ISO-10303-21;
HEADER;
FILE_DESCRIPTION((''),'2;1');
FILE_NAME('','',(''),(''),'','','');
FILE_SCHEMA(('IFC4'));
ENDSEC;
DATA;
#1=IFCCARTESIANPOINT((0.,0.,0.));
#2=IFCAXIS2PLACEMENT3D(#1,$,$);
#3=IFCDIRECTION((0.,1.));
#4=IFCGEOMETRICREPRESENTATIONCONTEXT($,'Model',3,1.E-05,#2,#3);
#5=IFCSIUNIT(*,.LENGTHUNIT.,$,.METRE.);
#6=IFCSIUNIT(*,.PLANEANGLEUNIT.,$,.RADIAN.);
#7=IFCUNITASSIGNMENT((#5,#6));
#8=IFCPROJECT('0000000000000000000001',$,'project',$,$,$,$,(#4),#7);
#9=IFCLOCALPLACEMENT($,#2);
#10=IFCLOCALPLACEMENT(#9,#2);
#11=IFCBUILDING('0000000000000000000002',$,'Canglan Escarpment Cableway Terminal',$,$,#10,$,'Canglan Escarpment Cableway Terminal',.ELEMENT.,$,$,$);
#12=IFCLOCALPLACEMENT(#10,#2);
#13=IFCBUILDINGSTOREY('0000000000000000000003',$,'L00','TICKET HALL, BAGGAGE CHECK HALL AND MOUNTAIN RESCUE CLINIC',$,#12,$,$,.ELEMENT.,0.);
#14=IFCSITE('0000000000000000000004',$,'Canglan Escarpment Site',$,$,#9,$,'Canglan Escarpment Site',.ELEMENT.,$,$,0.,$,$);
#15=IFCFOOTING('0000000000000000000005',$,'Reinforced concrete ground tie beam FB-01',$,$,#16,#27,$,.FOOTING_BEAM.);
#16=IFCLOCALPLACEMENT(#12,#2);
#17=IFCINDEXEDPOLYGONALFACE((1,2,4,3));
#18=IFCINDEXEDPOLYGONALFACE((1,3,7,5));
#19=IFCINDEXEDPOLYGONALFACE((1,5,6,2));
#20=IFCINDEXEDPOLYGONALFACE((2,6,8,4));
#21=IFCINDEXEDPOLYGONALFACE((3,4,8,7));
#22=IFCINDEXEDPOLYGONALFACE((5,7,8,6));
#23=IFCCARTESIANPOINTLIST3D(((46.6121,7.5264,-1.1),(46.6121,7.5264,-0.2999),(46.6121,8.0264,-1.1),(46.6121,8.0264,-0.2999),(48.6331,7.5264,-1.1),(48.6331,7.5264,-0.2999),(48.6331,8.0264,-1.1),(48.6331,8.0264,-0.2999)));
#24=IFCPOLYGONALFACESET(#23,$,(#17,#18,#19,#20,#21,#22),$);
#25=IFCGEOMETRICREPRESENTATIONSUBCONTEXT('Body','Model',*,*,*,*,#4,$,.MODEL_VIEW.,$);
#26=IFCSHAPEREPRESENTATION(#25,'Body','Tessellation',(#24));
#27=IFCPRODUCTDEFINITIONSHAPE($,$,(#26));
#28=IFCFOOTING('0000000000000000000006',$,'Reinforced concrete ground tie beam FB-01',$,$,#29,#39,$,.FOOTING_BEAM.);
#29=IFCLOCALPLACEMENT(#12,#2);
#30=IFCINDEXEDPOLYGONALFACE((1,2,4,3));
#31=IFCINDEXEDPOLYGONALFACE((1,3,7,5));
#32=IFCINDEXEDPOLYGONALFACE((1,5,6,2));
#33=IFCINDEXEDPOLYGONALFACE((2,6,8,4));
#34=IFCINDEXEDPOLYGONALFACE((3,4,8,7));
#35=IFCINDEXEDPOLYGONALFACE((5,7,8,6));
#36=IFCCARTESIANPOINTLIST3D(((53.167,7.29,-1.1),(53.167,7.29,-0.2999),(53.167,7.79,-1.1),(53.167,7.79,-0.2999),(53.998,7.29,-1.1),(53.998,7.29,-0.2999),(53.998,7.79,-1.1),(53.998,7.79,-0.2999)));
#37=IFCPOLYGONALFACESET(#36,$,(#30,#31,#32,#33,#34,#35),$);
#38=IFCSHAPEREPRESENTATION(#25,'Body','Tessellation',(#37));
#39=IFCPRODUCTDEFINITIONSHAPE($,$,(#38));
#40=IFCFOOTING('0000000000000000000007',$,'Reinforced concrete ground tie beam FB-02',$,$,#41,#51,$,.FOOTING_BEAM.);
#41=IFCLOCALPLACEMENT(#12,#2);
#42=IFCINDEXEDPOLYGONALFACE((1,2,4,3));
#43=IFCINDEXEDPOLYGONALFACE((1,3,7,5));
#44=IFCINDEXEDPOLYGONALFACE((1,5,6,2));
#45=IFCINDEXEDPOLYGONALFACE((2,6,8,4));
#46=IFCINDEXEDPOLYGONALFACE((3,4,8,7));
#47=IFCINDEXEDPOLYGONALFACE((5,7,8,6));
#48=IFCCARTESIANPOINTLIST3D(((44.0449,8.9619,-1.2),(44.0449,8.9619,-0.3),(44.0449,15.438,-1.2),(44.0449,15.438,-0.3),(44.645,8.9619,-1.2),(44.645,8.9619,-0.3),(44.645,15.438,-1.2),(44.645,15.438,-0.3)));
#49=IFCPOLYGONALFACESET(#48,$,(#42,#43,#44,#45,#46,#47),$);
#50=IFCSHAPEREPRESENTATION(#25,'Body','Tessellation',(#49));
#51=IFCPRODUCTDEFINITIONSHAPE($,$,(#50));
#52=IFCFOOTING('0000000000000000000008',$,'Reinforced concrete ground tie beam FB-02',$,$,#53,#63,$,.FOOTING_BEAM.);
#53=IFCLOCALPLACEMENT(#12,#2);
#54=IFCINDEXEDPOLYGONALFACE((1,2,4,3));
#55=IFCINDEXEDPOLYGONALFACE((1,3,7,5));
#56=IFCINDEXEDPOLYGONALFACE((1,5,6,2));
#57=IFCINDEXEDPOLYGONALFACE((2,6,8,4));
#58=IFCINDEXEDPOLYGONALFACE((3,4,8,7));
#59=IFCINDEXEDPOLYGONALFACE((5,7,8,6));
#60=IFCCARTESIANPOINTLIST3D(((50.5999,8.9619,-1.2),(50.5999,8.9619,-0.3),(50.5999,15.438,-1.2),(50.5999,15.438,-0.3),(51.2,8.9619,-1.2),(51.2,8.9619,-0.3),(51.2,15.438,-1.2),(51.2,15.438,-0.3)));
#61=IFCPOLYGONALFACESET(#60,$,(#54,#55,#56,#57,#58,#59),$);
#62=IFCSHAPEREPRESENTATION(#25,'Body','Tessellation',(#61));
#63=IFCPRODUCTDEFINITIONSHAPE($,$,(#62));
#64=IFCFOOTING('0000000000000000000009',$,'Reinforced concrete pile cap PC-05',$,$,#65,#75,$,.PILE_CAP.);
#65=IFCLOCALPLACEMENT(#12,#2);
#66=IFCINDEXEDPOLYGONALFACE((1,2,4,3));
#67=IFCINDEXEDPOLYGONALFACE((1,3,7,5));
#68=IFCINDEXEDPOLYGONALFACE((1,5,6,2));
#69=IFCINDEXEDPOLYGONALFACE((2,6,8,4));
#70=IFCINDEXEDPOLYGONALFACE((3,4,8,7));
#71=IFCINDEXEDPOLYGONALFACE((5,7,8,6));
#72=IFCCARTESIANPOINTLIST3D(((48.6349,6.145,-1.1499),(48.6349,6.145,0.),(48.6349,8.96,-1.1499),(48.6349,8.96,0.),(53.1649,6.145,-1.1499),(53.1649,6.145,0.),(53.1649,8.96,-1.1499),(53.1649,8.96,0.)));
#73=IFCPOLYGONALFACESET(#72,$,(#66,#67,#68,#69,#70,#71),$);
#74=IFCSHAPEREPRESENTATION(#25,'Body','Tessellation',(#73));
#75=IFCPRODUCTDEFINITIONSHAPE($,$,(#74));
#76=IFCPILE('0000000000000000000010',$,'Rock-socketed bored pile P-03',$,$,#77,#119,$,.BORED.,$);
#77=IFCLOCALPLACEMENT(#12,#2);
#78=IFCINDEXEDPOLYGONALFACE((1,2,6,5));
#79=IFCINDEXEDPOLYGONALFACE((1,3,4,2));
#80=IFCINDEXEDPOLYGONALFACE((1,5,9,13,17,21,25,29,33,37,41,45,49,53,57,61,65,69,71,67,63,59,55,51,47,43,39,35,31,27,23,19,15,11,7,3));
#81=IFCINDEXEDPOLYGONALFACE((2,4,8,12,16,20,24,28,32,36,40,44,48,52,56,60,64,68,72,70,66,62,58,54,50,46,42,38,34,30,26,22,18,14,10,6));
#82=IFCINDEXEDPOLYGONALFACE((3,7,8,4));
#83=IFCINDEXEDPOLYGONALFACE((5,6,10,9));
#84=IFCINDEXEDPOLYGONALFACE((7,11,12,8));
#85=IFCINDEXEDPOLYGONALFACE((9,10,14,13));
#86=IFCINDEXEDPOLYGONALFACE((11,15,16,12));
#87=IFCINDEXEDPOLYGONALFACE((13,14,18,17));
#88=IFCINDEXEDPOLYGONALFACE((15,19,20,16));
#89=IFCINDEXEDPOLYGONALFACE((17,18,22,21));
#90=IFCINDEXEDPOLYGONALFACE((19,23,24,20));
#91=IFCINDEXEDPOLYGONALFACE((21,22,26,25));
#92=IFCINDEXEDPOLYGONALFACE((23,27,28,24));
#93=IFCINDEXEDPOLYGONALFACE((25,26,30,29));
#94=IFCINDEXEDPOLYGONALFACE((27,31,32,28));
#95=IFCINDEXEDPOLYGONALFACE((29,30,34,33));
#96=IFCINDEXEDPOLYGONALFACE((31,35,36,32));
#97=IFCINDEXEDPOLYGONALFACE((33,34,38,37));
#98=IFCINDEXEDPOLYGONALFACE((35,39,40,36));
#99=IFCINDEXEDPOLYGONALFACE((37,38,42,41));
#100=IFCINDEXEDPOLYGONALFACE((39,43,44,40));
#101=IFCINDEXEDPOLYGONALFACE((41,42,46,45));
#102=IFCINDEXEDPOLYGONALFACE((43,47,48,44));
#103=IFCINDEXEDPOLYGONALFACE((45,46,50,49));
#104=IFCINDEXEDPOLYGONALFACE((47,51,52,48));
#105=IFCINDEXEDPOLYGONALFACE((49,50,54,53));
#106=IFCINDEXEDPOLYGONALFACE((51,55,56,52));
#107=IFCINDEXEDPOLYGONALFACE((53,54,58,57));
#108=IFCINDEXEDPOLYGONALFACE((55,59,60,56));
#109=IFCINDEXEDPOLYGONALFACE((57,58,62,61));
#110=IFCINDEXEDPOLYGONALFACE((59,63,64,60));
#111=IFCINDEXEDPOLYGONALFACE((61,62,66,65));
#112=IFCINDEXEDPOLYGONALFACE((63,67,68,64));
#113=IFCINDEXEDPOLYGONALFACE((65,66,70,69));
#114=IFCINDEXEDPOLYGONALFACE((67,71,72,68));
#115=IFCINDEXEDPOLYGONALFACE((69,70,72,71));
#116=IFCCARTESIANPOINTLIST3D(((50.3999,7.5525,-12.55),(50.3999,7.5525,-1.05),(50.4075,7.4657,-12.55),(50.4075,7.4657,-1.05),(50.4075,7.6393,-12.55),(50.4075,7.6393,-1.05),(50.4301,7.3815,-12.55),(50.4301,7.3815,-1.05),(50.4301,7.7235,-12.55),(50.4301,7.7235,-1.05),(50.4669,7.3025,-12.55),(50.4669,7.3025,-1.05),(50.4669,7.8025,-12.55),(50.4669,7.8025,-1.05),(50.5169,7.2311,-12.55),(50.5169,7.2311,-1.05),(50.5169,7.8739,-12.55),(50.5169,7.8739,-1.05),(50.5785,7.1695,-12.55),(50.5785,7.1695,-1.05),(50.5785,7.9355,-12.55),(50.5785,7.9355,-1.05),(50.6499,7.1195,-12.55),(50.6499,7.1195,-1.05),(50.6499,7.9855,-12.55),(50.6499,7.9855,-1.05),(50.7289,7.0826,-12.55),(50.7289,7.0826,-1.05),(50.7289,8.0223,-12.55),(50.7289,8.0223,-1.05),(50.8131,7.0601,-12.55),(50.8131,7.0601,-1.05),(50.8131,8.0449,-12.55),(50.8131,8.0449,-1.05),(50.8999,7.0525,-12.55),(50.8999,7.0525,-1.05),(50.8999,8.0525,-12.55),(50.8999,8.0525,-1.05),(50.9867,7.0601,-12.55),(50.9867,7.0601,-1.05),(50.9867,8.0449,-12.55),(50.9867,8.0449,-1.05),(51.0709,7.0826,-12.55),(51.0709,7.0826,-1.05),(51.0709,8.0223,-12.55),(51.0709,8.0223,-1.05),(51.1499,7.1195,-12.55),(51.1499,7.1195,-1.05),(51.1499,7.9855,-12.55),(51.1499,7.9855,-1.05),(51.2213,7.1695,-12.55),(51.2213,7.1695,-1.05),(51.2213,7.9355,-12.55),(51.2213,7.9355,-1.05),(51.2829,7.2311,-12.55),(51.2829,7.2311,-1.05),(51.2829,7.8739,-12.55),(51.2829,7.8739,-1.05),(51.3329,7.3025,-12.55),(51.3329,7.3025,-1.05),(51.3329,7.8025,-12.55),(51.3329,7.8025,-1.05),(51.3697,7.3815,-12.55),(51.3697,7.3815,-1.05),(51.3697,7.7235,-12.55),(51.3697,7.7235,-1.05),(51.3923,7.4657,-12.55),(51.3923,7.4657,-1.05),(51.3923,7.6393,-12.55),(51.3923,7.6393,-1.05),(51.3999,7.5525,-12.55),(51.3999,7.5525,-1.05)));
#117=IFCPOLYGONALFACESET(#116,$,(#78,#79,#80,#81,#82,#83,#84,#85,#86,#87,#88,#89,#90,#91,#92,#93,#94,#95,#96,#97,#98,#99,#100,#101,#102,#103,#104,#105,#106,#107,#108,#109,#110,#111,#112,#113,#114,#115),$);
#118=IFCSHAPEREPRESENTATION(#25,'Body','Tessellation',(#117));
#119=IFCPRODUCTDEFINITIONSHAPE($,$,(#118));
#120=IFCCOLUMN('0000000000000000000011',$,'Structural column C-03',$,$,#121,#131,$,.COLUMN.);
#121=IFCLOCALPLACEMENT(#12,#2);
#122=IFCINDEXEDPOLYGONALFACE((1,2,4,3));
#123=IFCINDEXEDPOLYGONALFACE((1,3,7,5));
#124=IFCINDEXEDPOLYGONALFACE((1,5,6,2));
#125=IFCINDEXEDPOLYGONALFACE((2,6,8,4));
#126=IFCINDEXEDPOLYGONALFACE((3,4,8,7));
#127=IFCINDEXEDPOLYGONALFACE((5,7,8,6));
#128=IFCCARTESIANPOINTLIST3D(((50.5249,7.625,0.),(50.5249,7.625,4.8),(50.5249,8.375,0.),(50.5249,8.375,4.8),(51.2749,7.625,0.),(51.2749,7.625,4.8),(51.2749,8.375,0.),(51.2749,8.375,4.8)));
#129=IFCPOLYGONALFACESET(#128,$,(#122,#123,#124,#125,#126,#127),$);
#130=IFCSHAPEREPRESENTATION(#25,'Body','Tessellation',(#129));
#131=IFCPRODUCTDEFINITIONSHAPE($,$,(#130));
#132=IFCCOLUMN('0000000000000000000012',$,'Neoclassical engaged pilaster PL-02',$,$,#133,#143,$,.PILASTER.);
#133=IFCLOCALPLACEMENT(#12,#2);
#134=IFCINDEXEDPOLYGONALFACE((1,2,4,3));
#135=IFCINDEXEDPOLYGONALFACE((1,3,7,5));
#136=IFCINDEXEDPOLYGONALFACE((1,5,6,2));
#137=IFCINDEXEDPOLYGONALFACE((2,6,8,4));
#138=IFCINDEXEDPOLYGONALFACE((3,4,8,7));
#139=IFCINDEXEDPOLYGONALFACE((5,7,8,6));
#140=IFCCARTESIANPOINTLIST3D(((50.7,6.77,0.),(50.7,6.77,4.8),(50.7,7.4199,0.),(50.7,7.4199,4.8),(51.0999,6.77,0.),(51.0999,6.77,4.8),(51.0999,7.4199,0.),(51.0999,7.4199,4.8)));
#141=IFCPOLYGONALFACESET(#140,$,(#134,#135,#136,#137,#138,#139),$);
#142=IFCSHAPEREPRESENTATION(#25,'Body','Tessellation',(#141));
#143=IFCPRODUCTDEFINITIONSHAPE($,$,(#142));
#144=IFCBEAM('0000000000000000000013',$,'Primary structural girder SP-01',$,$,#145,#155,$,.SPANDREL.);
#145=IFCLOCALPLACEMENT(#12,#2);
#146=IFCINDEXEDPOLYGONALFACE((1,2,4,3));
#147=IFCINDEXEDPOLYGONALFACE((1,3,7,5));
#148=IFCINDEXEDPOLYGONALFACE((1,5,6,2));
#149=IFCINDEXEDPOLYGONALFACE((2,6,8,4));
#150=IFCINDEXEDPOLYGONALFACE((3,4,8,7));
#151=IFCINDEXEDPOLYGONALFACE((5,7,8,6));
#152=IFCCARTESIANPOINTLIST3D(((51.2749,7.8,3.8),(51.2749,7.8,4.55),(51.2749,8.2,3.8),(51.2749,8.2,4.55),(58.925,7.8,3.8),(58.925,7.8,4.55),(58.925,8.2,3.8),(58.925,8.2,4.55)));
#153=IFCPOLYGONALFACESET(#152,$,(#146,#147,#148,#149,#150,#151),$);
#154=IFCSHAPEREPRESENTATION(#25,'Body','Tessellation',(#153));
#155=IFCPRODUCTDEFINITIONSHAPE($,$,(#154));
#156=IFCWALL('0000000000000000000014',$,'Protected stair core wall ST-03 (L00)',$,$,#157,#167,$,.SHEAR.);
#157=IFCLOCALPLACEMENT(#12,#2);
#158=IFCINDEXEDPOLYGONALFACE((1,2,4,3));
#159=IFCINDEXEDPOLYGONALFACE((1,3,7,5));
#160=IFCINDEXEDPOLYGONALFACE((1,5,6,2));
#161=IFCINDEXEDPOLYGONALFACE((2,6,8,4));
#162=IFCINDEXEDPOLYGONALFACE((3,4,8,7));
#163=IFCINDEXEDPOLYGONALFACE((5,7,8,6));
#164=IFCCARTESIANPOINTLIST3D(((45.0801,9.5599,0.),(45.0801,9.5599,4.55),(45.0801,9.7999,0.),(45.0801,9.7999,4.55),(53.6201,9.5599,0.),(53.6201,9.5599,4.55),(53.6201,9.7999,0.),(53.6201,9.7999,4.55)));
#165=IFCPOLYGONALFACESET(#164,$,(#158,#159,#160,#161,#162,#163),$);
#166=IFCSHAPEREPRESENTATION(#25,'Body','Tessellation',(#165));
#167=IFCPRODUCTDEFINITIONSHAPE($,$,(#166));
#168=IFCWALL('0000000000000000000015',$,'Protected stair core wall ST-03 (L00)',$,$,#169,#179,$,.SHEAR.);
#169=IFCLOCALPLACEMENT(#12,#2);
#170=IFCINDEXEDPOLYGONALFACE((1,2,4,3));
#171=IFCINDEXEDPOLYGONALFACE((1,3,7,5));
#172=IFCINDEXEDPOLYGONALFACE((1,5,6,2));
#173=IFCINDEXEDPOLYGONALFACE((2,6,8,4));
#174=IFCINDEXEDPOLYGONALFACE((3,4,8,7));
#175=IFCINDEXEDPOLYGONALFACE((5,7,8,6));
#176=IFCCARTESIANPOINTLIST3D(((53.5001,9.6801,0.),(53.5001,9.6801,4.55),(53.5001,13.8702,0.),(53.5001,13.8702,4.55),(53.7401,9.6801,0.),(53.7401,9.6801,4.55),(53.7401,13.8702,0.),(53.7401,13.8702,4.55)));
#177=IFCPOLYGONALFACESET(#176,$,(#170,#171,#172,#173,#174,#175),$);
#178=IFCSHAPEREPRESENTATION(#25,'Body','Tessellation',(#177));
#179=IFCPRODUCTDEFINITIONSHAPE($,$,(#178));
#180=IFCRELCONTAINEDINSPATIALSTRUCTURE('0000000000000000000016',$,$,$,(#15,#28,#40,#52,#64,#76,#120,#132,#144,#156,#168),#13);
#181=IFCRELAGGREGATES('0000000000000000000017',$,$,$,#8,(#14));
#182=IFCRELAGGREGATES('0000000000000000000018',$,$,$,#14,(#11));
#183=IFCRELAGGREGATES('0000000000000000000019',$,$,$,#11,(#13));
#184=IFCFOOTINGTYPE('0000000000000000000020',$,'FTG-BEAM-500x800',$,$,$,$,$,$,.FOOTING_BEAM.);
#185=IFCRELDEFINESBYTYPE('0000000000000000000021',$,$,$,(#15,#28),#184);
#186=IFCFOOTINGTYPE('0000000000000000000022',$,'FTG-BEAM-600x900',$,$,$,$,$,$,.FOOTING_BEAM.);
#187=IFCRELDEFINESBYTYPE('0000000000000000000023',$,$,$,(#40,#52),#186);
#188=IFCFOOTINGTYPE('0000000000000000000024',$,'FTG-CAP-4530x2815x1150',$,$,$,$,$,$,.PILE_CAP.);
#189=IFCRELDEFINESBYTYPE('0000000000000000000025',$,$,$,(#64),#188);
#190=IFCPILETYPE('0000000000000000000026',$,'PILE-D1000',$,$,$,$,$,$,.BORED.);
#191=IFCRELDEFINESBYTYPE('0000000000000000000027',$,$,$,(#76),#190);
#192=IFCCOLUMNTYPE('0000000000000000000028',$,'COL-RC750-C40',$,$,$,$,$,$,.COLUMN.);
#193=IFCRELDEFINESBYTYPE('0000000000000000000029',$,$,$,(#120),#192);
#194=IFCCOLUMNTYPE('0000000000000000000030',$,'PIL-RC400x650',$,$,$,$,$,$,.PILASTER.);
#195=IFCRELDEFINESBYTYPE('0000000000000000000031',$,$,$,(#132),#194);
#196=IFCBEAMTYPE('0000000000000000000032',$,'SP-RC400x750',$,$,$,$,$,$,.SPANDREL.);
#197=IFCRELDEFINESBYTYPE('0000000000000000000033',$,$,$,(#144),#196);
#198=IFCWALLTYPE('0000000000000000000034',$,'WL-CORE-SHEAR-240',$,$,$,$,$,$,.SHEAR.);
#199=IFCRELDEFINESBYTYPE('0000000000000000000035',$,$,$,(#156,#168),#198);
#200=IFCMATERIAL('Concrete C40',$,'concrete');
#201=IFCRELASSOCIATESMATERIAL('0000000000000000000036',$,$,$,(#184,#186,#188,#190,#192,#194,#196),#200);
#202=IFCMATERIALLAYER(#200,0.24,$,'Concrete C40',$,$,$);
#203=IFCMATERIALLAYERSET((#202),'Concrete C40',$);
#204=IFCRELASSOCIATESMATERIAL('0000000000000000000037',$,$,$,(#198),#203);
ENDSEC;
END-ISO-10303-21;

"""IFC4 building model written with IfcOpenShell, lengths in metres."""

from ifc_helpers import new_model, si_unit, direction, frame, frame_2d, origin, origin_2d, place, context, subcontext, project, spatial, rectangle, circle, extrude, material, layer, layer_set, material_profile, profile_set, type_object, element, save


model = new_model("IFC4")

# Units and contexts
model_context = context("Model", 3, precision=1e-05, world=origin(), true_north=direction((0.0, 1.0)))
body_context = subcontext(model_context, "Body", "Model", "MODEL_VIEW")
ifc_project = project(units=[si_unit("LENGTHUNIT", "METRE"), si_unit("PLANEANGLEUNIT", "RADIAN")], contexts=[model_context])

# Site, building, storey
site_placement = place(None, origin())
site = spatial("IfcSite", under=ifc_project, at=site_placement, Name="Canglan Escarpment Site", LongName="Canglan Escarpment Site", CompositionType="ELEMENT", RefElevation=0.0)
building_placement = place(site_placement, origin())
building = spatial("IfcBuilding", under=site, at=building_placement, Name="Canglan Escarpment Cableway Terminal", LongName="Canglan Escarpment Cableway Terminal", CompositionType="ELEMENT")
storey_placement = place(building_placement, origin())
storey = spatial("IfcBuildingStorey", under=building, at=storey_placement, Name="L00", Description="TICKET HALL, BAGGAGE CHECK HALL AND MOUNTAIN RESCUE CLINIC", CompositionType="ELEMENT", Elevation=0.0)

# Footings
ifc_material_1 = material(Name="Concrete C40", Category="concrete")
ifc_material_profile_1 = material_profile(ifc_material_1, rectangle(XDim=0.5, YDim=0.8, at=origin_2d()), Name="FB 500x800")
ifc_profile_set_1 = profile_set([ifc_material_profile_1], Name="Concrete C40")
footing_type_1 = type_object("IfcFootingType", Name="FTG-BEAM-500x800", PredefinedType="FOOTING_BEAM", material=ifc_profile_set_1)
footing_1_placement = place(storey_placement, frame((46.6121, 7.7764, -0.7), z_axis=(1.0, 0.0, 0.0), x_axis=(0.0, 1.0, 0.0)))
element("IfcFooting", 1, at=footing_1_placement, inside=storey, type_object=footing_type_1, Name="Reinforced concrete ground tie beam FB-01", PredefinedType="FOOTING_BEAM", context=body_context, shape_type="SweptSolid", body=[
    extrude(rectangle(XDim=0.5, YDim=0.8, at=origin_2d()), origin(), (0.0, 0.0, 1.0), 2.021),
])
footing_2_placement = place(storey_placement, frame((53.167, 7.54, -0.7), z_axis=(1.0, 0.0, 0.0), x_axis=(0.0, 1.0, 0.0)))
element("IfcFooting", 2, at=footing_2_placement, inside=storey, type_object=footing_type_1, Name="Reinforced concrete ground tie beam FB-01", PredefinedType="FOOTING_BEAM", context=body_context, shape_type="SweptSolid", body=[
    extrude(rectangle(XDim=0.5, YDim=0.8, at=origin_2d()), origin(), (0.0, 0.0, 1.0), 0.8311),
])
ifc_material_profile_2 = material_profile(ifc_material_1, rectangle(XDim=0.6001, YDim=0.8999, at=origin_2d()), Name="FB 600x900")
ifc_profile_set_2 = profile_set([ifc_material_profile_2], Name="Concrete C40")
footing_type_2 = type_object("IfcFootingType", Name="FTG-BEAM-600x900", PredefinedType="FOOTING_BEAM", material=ifc_profile_set_2)
for number, where, z_axis, x_axis, name in (
    (3, (44.345, 8.9619, -0.75), (0.0, 1.0, 0.0), (-1.0, 0.0, 0.0), "Reinforced concrete ground tie beam FB-02"),
    (4, (50.8999, 8.9619, -0.75), (0.0, 1.0, 0.0), (-1.0, 0.0, 0.0), "Reinforced concrete ground tie beam FB-02"),
):
    element("IfcFooting", number, at=place(storey_placement, frame(where, z_axis=z_axis, x_axis=x_axis)), inside=storey, type_object=footing_type_2, Name=name, PredefinedType="FOOTING_BEAM", context=body_context, shape_type="SweptSolid", body=[
        extrude(rectangle(XDim=0.6001, YDim=0.8999, at=origin_2d()), origin(), (0.0, 0.0, 1.0), 6.4761),
    ])
footing_type_3 = type_object("IfcFootingType", Name="FTG-CAP-4530x2815x1150", PredefinedType="PILE_CAP", material=ifc_material_1)
footing_3_placement = place(storey_placement, frame((50.8999, 7.5525, -1.1499), z_axis=(0.0, 0.0, 1.0), x_axis=(1.0, 0.0, 0.0)))
element("IfcFooting", 5, at=footing_3_placement, inside=storey, type_object=footing_type_3, Name="Reinforced concrete pile cap PC-05", PredefinedType="PILE_CAP", context=body_context, shape_type="SweptSolid", body=[
    extrude(rectangle(XDim=4.53, YDim=2.8149, at=origin_2d()), origin(), (0.0, 0.0, 1.0), 1.1499),
])

# Pile
ifc_material_profile_3 = material_profile(ifc_material_1, circle(Radius=0.5, at=origin_2d()), Name="BORED PILE D1000")
ifc_profile_set_3 = profile_set([ifc_material_profile_3], Name="Concrete C40")
pile_type = type_object("IfcPileType", Name="PILE-D1000", PredefinedType="BORED", material=ifc_profile_set_3)
pile_placement = place(storey_placement, frame((50.8999, 7.5525, -1.05), z_axis=(0.0, 0.0, -1.0), x_axis=(1.0, 0.0, 0.0)))
element("IfcPile", 6, at=pile_placement, inside=storey, type_object=pile_type, Name="Rock-socketed bored pile P-03", PredefinedType="BORED", context=body_context, shape_type="SweptSolid", body=[
    extrude(circle(Radius=0.5, at=origin_2d()), origin(), (0.0, 0.0, 1.0), 11.5),
])

# Columns
ifc_material_profile_4 = material_profile(ifc_material_1, rectangle(XDim=0.75, YDim=0.75, at=origin_2d()), Name="RC 750x750")
ifc_profile_set_4 = profile_set([ifc_material_profile_4], Name="Concrete C40")
column_type_1 = type_object("IfcColumnType", Name="COL-RC750-C40", PredefinedType="COLUMN", material=ifc_profile_set_4)
column_1_placement = place(storey_placement, frame((50.8999, 8.0, 0.0), z_axis=(0.0, 0.0, 1.0), x_axis=(1.0, 0.0, 0.0)))
element("IfcColumn", 7, at=column_1_placement, inside=storey, type_object=column_type_1, Name="Structural column C-03", PredefinedType="COLUMN", context=body_context, shape_type="SweptSolid", body=[
    extrude(rectangle(XDim=0.75, YDim=0.75, at=origin_2d()), origin(), (0.0, 0.0, 1.0), 4.8),
])
ifc_material_profile_5 = material_profile(ifc_material_1, rectangle(XDim=0.3999, YDim=0.6499, at=origin_2d()), Name="RC-PIL 400x650")
ifc_profile_set_5 = profile_set([ifc_material_profile_5], Name="Concrete C40")
column_type_2 = type_object("IfcColumnType", Name="PIL-RC400x650", PredefinedType="PILASTER", material=ifc_profile_set_5)
column_2_placement = place(storey_placement, frame((50.8999, 7.095, 0.0), z_axis=(0.0, 0.0, 1.0), x_axis=(1.0, 0.0, 0.0)))
element("IfcColumn", 8, at=column_2_placement, inside=storey, type_object=column_type_2, Name="Neoclassical engaged pilaster PL-02", PredefinedType="PILASTER", context=body_context, shape_type="SweptSolid", body=[
    extrude(rectangle(XDim=0.3999, YDim=0.6499, at=origin_2d()), origin(), (0.0, 0.0, 1.0), 4.8),
])

# Beam
ifc_material_profile_6 = material_profile(ifc_material_1, rectangle(XDim=0.3999, YDim=0.75, at=origin_2d()), Name="RC 400x750")
ifc_profile_set_6 = profile_set([ifc_material_profile_6], Name="Concrete C40")
beam_type = type_object("IfcBeamType", Name="SP-RC400x750", PredefinedType="SPANDREL", material=ifc_profile_set_6)
beam_placement = place(storey_placement, frame((51.2749, 8.0, 4.175), z_axis=(1.0, 0.0, 0.0), x_axis=(0.0, 1.0, 0.0)))
element("IfcBeam", 9, at=beam_placement, inside=storey, type_object=beam_type, Name="Primary structural girder SP-01", PredefinedType="SPANDREL", context=body_context, shape_type="SweptSolid", body=[
    extrude(rectangle(XDim=0.3999, YDim=0.75, at=origin_2d()), origin(), (0.0, 0.0, 1.0), 7.6501),
])

# Walls
ifc_layer_1 = layer(ifc_material_1, 0.24, Name="Concrete C40")
ifc_layer_set_1 = layer_set([ifc_layer_1], Name="Concrete C40")
wall_type_1 = type_object("IfcWallType", Name="WL-CORE-SHEAR-240", PredefinedType="SHEAR", material=ifc_layer_set_1)
wall_1_placement = place(storey_placement, frame((45.0801, 9.6799, 0.0), z_axis=(0.0, 0.0, 1.0), x_axis=(1.0, 0.0, 0.0)))
element("IfcWall", 10, at=wall_1_placement, inside=storey, type_object=wall_type_1, Name="Protected stair core wall ST-03 (L00)", PredefinedType="SHEAR", context=body_context, shape_type="SweptSolid", body=[
    extrude(rectangle(XDim=8.54, YDim=0.24, at=frame_2d((4.27, 0.0))), origin(), (0.0, 0.0, 1.0), 4.55),
])
wall_2_placement = place(storey_placement, frame((53.6201, 9.6799, 0.0), z_axis=(0.0, 0.0, 1.0), x_axis=(0.0, 1.0, 0.0)))
element("IfcWall", 11, at=wall_2_placement, inside=storey, type_object=wall_type_1, Name="Protected stair core wall ST-03 (L00)", PredefinedType="SHEAR", context=body_context, shape_type="SweptSolid", body=[
    extrude(rectangle(XDim=4.1902, YDim=0.24, at=frame_2d((2.0952, 0.0))), origin(), (0.0, 0.0, 1.0), 4.55),
])

save(model, "model.ifc")
